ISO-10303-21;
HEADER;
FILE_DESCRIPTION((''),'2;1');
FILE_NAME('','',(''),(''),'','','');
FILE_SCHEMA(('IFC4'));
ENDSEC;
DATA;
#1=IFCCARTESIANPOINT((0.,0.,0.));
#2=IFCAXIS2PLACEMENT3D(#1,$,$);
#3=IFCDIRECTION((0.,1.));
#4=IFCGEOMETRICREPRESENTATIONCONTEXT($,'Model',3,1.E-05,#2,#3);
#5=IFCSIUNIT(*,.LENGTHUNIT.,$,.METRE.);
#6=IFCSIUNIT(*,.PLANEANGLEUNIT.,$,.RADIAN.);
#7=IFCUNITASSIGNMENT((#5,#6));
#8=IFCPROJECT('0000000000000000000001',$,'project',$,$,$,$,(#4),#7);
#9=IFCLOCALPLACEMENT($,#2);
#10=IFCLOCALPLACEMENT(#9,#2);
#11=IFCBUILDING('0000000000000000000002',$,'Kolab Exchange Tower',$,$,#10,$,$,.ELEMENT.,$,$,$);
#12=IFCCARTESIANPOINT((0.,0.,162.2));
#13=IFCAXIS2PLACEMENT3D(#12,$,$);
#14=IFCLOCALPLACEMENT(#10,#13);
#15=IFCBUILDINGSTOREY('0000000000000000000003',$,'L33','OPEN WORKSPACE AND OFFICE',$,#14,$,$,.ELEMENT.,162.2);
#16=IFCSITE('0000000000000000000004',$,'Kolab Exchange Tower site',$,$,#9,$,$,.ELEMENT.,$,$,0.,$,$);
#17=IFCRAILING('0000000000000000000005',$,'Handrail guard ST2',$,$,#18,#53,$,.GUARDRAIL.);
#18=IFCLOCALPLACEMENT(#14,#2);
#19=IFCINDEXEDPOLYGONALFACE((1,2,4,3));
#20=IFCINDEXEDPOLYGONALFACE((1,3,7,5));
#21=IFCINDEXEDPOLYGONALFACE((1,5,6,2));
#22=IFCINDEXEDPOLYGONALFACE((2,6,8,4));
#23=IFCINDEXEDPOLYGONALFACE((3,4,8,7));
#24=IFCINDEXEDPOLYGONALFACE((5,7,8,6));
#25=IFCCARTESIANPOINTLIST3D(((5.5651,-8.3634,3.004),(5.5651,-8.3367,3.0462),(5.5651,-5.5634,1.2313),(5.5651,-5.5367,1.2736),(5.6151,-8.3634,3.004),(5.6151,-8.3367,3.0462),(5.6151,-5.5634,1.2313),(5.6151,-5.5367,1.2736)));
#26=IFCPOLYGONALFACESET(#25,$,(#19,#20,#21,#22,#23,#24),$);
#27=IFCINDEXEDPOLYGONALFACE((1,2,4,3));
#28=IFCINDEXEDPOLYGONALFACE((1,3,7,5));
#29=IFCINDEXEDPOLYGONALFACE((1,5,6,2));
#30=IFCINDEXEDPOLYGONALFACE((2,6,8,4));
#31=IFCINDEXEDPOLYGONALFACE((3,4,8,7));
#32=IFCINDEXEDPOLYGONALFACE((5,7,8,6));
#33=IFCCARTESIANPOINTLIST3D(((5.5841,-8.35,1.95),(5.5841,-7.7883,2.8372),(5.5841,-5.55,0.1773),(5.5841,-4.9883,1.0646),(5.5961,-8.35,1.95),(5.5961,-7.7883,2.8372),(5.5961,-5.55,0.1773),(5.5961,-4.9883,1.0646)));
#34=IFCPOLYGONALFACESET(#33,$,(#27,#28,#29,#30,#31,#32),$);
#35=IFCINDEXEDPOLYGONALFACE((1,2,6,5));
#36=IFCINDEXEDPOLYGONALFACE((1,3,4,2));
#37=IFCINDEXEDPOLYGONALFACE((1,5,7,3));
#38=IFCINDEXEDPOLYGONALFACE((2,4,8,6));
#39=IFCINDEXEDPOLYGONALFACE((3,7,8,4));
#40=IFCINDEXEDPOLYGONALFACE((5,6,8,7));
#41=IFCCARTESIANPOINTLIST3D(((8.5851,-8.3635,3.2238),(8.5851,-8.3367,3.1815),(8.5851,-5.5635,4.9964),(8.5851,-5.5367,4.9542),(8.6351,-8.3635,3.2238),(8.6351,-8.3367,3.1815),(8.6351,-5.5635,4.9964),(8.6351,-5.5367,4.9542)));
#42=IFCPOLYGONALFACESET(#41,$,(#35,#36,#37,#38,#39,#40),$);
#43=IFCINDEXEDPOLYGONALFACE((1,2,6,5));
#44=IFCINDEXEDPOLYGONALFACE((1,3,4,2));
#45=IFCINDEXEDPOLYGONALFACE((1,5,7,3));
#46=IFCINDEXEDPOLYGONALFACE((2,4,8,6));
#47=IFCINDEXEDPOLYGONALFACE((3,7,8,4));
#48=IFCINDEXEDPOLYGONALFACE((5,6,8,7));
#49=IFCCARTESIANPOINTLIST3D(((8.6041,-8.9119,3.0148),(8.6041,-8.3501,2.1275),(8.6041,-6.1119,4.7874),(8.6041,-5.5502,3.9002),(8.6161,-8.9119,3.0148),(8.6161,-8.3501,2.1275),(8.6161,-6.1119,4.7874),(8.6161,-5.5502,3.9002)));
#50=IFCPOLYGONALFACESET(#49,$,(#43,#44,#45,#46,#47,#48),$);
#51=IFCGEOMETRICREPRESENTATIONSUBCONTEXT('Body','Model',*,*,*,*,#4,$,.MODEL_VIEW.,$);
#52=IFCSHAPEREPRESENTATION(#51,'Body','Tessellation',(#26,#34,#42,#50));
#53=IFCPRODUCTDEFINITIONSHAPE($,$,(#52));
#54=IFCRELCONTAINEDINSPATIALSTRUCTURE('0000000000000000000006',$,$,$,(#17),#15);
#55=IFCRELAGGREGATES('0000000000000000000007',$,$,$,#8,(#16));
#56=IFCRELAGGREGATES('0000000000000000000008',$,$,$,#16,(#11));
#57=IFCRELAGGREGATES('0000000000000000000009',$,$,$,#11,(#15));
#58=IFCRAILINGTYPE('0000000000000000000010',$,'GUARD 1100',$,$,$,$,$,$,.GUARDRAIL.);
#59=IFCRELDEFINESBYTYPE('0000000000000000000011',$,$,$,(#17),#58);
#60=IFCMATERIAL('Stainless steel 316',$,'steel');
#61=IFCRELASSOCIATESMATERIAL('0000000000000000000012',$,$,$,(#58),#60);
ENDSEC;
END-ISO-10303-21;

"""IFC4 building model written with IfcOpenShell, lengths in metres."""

from ifc_helpers import new_model, si_unit, direction, frame, frame_2d, origin, origin_2d, place, context, subcontext, project, spatial, rectangle, extrude, material, type_object, element, save


model = new_model("IFC4")

# Units and contexts
model_context = context("Model", 3, precision=1e-05, world=origin(), true_north=direction((0.0, 1.0)))
body_context = subcontext(model_context, "Body", "Model", "MODEL_VIEW")
ifc_project = project(units=[si_unit("LENGTHUNIT", "METRE"), si_unit("PLANEANGLEUNIT", "RADIAN")], contexts=[model_context])

# Site, building, storey
site_placement = place(None, origin())
site = spatial("IfcSite", under=ifc_project, at=site_placement, Name="Kolab Exchange Tower site", CompositionType="ELEMENT", RefElevation=0.0)
building_placement = place(site_placement, origin())
building = spatial("IfcBuilding", under=site, at=building_placement, Name="Kolab Exchange Tower", CompositionType="ELEMENT")
storey_placement = place(building_placement, frame((0.0, 0.0, 162.2)))
storey = spatial("IfcBuildingStorey", under=building, at=storey_placement, Name="L33", Description="OPEN WORKSPACE AND OFFICE", CompositionType="ELEMENT", Elevation=162.2)

# Shared definitions
ifc_material_1 = material(Name="Stainless steel 316", Category="steel")

# Railing
railing_type = type_object("IfcRailingType", Name="GUARD 1100", PredefinedType="GUARDRAIL", material=ifc_material_1)
railing_1_placement = place(storey_placement, frame((5.5901, -5.55, 0.1772)))
element("IfcRailing", 1, at=railing_1_placement, inside=storey, type_object=railing_type, Name="Handrail guard ST2", PredefinedType="GUARDRAIL", context=body_context, shape_type="SweptSolid", body=[
    extrude(rectangle(XDim=0.05, YDim=0.05, at=origin_2d()), frame((0.0, 0.0, 1.0752), z_axis=(0.0, -0.844909, 0.53491), x_axis=(1.0, 0.0, 0.0)), (0.0, 0.0, 1.0), 3.314),
    extrude(rectangle(XDim=0.012, YDim=1.0501, at=frame_2d((0.0, 0.5251))), frame((0.0, 0.0, 0.0), z_axis=(0.0, -0.844909, 0.53491), x_axis=(1.0, 0.0, 0.0)), (0.0, 0.0, 1.0), 3.314),
    extrude(rectangle(XDim=0.05, YDim=0.05, at=origin_2d()), frame((3.02, -2.8, 3.0254), z_axis=(0.0, 0.844909, 0.53491), x_axis=(-1.0, 0.0, 0.0)), (0.0, 0.0, 1.0), 3.314),
    extrude(rectangle(XDim=0.012, YDim=1.0501, at=frame_2d((0.0, 0.5251))), frame((3.02, -2.8, 1.9502), z_axis=(0.0, 0.844909, 0.53491), x_axis=(-1.0, 0.0, 0.0)), (0.0, 0.0, 1.0), 3.314),
])

save(model, "model.ifc")
